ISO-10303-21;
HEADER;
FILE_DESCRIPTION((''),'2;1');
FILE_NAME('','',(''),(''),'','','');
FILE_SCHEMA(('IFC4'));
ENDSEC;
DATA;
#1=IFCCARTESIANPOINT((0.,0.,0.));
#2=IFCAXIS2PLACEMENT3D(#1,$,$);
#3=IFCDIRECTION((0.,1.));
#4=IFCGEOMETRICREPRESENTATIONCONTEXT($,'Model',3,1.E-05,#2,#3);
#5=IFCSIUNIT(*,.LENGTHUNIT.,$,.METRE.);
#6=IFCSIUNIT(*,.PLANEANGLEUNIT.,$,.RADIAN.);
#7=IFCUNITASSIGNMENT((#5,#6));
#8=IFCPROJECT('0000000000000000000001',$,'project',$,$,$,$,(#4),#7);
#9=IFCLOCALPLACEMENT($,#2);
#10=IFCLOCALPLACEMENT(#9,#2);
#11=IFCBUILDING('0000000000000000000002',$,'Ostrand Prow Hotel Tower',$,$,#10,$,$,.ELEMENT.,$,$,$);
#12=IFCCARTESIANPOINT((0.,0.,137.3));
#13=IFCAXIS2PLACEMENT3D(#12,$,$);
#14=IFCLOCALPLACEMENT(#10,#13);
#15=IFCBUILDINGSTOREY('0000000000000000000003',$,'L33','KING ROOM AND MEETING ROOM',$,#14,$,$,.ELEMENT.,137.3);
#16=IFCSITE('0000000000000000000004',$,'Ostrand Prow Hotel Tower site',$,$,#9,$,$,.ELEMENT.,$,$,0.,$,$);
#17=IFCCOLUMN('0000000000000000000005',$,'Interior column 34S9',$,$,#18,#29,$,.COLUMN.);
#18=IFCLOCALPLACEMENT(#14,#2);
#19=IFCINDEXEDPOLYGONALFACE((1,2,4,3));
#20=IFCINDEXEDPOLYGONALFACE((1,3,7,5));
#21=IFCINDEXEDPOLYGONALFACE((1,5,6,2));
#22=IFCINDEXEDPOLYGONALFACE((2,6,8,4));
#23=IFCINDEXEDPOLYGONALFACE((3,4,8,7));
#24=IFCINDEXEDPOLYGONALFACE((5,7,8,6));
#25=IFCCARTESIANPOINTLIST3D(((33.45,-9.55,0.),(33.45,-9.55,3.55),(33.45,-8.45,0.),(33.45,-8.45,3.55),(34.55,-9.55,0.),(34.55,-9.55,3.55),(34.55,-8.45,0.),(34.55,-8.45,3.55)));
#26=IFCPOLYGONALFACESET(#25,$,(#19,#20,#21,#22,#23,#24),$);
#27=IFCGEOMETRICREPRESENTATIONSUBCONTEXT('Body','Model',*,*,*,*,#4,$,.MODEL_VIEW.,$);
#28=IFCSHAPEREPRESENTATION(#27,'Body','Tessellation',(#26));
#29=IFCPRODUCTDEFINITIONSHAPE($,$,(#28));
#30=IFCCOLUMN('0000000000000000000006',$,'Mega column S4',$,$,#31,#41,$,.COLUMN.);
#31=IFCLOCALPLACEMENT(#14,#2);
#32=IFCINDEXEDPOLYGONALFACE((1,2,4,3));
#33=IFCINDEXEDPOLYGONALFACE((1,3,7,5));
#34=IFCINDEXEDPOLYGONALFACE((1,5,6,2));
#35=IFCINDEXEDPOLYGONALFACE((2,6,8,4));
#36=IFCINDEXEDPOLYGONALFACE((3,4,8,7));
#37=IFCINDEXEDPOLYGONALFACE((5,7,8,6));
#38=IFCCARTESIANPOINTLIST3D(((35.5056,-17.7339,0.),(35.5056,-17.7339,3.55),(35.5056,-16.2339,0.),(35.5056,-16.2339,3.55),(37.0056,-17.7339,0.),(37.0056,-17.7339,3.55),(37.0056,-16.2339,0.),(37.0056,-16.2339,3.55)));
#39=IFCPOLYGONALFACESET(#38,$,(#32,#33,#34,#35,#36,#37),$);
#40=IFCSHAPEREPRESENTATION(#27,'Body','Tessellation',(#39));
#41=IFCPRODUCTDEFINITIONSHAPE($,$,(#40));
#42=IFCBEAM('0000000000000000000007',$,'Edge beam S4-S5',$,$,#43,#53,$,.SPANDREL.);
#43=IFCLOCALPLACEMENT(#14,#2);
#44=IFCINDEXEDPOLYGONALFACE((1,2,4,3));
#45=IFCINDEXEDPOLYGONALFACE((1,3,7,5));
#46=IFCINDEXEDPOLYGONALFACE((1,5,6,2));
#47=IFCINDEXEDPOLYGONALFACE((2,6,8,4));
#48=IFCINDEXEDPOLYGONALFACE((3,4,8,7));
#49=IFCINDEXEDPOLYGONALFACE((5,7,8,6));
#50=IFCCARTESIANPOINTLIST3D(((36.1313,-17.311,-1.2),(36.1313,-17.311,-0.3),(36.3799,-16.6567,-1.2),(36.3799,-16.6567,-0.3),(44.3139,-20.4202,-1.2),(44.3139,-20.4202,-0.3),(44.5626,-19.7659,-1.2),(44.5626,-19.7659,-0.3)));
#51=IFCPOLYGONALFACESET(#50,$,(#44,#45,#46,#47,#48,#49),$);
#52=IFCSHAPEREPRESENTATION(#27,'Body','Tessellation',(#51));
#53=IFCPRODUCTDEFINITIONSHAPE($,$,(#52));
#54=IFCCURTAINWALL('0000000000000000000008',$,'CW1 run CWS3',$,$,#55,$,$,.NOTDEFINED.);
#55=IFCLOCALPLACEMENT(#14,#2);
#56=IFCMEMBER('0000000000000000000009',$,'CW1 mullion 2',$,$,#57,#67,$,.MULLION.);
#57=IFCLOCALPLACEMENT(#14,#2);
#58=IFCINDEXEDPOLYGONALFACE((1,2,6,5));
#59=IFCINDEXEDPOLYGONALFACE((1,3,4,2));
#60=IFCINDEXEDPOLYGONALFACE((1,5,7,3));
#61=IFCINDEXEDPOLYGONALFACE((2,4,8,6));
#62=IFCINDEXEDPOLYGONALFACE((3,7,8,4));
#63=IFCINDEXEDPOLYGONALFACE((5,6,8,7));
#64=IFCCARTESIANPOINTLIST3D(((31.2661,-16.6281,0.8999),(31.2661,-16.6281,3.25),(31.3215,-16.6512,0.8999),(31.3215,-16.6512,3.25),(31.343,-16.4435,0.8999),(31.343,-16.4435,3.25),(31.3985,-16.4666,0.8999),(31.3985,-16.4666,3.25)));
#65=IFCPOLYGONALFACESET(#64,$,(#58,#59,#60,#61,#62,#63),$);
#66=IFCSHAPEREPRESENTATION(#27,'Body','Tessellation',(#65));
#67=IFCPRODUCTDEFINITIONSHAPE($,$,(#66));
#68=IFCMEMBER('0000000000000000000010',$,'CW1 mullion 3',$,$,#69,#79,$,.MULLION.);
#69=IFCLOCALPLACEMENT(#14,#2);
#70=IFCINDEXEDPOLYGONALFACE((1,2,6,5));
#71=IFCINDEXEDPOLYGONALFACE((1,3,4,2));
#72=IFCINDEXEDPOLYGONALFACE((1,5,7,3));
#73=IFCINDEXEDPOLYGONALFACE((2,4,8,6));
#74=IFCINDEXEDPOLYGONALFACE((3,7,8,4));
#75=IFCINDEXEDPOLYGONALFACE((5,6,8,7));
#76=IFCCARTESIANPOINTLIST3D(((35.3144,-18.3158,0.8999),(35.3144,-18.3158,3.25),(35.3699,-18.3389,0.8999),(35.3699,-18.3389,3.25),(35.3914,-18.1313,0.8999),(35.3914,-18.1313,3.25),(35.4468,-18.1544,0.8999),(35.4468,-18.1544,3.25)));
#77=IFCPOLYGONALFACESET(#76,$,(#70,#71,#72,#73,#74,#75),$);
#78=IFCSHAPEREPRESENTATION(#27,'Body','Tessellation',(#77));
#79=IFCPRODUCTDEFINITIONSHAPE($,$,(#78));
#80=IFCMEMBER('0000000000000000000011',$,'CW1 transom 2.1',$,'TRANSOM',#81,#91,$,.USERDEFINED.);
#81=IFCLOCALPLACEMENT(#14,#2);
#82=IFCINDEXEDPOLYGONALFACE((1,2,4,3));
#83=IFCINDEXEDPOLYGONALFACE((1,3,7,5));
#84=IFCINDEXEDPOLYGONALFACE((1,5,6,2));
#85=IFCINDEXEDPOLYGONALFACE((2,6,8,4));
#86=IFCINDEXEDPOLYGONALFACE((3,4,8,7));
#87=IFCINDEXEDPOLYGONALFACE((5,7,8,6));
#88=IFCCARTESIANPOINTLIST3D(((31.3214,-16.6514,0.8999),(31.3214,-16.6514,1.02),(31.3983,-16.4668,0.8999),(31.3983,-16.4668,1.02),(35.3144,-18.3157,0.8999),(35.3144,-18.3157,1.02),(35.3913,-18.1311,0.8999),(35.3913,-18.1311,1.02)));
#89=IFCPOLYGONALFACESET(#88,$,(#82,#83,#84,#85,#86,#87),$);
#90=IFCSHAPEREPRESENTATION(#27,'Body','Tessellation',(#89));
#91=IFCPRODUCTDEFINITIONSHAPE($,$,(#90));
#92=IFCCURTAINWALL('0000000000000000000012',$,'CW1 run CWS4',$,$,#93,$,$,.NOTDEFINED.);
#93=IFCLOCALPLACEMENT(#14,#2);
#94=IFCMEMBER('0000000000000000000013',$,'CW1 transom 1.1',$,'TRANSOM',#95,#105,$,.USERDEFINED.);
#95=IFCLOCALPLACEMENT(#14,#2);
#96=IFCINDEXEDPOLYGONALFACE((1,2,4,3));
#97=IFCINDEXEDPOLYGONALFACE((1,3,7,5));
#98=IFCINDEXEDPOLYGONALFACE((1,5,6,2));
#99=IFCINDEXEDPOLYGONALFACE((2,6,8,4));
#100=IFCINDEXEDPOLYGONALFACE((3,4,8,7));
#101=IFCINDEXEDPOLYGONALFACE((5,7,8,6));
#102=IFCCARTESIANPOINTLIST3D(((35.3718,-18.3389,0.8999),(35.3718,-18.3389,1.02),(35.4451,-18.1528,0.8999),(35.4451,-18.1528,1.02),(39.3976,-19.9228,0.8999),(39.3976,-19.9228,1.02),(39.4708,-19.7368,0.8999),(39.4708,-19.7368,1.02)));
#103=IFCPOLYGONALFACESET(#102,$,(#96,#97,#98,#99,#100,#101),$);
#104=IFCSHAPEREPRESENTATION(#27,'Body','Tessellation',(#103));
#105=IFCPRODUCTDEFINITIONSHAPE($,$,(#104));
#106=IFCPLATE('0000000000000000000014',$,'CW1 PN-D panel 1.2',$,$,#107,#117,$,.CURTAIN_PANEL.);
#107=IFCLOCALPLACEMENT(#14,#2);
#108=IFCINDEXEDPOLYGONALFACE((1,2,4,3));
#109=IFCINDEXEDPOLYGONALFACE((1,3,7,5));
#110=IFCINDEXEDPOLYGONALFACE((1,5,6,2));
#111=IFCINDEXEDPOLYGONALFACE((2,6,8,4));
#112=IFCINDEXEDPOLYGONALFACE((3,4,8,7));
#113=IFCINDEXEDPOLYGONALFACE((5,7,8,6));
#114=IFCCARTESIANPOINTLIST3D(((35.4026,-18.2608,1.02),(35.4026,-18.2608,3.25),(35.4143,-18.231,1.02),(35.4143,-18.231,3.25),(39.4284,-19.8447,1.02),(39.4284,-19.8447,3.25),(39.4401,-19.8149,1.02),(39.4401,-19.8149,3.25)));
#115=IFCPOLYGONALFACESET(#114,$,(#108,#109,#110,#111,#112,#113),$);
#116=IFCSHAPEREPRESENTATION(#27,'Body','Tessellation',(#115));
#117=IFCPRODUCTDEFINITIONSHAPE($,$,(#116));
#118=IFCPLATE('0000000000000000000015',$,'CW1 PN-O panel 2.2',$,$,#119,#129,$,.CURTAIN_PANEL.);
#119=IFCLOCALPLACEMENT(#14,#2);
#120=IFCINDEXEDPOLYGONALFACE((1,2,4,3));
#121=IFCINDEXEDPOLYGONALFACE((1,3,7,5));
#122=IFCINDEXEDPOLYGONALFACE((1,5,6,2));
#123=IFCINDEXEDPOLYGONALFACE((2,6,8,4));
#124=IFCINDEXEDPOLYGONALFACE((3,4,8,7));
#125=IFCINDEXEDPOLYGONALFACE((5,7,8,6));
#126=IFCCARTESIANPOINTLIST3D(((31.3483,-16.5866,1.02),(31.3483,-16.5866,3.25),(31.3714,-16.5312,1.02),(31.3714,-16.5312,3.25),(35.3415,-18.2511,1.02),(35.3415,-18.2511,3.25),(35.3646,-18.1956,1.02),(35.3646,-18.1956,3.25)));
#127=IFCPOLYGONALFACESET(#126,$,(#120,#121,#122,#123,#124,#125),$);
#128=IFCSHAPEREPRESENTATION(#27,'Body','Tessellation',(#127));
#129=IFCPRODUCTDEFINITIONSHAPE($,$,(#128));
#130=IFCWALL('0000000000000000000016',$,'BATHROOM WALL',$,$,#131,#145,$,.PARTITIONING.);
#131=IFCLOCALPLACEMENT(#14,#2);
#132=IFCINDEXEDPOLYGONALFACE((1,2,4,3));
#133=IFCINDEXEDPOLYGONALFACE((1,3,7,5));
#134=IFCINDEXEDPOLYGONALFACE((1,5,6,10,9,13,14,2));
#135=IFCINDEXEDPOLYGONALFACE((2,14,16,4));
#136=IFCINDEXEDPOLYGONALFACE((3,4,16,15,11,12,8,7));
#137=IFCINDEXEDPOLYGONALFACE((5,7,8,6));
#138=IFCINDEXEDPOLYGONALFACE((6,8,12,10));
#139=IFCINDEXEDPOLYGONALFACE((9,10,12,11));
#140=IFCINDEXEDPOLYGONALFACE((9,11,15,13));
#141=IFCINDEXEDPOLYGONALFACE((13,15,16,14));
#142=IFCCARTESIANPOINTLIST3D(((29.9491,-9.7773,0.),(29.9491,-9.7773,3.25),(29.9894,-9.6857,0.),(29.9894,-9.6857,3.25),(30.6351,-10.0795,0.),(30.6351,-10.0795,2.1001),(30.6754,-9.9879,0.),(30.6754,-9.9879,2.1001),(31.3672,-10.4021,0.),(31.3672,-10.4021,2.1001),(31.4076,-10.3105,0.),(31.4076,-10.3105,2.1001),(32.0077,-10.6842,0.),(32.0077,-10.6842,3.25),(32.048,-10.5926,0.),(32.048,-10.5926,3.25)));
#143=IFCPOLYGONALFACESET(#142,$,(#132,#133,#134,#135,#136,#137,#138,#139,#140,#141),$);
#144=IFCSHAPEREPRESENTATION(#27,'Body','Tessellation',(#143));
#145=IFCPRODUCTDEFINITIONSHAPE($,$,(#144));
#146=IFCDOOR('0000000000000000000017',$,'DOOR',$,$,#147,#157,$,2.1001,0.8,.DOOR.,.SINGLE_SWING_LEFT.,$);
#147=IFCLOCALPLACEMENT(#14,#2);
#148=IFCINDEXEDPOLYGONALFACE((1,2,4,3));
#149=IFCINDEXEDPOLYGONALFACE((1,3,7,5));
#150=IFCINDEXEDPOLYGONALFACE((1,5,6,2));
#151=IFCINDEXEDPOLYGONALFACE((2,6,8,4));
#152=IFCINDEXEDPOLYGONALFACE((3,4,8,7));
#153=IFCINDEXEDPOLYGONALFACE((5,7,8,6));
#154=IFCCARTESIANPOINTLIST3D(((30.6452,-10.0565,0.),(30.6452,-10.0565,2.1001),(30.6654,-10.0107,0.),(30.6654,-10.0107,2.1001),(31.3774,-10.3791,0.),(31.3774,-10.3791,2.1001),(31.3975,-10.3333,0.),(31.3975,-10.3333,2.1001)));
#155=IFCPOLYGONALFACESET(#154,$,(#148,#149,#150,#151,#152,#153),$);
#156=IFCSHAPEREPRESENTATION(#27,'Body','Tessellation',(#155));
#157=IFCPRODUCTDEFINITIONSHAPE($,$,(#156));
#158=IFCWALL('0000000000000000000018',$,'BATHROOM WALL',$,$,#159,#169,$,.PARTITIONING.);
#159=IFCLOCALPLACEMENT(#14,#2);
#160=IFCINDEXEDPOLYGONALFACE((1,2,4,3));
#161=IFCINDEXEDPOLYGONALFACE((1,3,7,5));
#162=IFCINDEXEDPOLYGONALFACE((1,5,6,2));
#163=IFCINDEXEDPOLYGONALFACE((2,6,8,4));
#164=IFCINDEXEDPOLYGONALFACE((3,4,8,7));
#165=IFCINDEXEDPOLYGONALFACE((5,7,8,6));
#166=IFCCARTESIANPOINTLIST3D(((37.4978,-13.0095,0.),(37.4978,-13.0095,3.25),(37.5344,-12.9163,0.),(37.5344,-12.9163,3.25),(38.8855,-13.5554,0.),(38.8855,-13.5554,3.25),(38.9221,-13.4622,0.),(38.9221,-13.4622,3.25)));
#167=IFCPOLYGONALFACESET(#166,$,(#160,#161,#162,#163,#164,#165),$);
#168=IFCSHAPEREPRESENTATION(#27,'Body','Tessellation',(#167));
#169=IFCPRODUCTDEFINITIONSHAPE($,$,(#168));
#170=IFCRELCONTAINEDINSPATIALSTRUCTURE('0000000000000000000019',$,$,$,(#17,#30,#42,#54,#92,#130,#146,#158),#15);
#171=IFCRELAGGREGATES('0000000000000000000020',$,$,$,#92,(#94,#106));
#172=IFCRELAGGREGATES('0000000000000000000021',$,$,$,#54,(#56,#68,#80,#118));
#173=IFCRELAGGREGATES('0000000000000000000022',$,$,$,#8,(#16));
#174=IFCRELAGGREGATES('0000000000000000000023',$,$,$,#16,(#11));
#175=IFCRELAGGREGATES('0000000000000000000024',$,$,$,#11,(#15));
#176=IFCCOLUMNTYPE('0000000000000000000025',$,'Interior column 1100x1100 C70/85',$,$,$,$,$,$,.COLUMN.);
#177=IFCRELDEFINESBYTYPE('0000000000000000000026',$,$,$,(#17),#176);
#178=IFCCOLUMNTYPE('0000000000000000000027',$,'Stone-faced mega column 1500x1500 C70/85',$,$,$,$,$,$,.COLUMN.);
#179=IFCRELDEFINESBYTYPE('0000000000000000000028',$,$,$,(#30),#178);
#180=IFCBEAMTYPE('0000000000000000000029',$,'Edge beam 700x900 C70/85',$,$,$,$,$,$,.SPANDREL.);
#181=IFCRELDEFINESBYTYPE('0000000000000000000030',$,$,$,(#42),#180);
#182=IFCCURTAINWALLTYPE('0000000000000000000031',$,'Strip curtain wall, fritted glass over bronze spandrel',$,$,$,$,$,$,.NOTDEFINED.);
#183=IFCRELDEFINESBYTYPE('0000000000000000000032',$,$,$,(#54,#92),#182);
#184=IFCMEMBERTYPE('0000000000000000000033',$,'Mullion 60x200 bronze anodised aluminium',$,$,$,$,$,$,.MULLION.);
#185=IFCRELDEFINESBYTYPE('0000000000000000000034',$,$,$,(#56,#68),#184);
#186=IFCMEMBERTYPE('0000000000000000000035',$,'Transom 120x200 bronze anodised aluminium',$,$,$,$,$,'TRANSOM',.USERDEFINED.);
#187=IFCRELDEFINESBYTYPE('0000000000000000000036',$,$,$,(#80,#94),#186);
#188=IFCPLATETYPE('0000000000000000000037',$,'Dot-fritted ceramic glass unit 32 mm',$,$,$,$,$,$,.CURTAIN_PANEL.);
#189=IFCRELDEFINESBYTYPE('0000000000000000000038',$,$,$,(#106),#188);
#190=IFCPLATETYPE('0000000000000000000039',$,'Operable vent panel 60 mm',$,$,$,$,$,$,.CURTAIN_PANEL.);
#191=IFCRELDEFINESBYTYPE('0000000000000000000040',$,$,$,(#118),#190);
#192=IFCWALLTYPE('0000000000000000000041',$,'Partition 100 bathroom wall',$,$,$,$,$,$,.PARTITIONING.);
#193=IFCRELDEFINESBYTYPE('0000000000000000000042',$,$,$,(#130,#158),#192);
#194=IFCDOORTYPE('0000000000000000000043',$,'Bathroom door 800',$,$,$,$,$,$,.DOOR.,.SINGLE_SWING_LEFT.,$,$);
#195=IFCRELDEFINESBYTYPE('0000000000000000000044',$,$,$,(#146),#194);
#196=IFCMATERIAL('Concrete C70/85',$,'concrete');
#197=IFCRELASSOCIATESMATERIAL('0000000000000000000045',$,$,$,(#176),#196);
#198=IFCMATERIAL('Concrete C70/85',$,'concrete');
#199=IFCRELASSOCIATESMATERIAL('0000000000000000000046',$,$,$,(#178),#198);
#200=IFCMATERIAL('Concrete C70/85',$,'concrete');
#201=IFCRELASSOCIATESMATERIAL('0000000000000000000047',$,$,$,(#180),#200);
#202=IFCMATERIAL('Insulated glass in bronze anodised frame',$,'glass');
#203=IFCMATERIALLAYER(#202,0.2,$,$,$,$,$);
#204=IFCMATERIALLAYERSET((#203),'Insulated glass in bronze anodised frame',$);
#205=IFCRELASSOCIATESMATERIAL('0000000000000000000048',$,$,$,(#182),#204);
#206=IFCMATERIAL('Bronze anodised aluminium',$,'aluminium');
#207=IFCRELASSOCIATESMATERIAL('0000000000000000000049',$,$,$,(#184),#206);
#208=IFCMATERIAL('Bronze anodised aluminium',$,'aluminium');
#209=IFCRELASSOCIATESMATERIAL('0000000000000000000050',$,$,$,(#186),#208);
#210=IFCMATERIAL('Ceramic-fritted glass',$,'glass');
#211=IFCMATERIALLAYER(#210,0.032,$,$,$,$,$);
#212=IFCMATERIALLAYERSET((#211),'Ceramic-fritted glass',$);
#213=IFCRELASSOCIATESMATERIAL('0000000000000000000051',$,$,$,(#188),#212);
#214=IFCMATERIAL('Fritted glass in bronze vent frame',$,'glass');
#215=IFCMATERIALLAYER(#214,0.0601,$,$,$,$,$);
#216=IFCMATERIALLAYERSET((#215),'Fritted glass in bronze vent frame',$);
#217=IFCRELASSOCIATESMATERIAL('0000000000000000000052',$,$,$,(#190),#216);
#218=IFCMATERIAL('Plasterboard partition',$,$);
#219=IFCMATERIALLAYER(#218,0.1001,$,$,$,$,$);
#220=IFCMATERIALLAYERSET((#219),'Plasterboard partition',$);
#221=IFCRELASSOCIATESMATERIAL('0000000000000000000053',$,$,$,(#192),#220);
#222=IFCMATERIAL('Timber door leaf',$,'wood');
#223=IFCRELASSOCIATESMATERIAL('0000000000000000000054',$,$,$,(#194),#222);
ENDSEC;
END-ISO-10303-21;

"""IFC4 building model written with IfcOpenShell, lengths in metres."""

from ifc_helpers import new_model, si_unit, direction, frame, frame_2d, origin, origin_2d, place, context, subcontext, project, spatial, rectangle, extrude, material, layer, layer_set, material_profile, profile_set, type_object, element, fill, aggregate, save


model = new_model("IFC4")

# Units and contexts
model_context = context("Model", 3, precision=1e-05, world=origin(), true_north=direction((0.0, 1.0)))
body_context = subcontext(model_context, "Body", "Model", "MODEL_VIEW")
ifc_project = project(units=[si_unit("LENGTHUNIT", "METRE"), si_unit("PLANEANGLEUNIT", "RADIAN")], contexts=[model_context])

# Site, building, storey
site_placement = place(None, origin())
site = spatial("IfcSite", under=ifc_project, at=site_placement, Name="Ostrand Prow Hotel Tower site", CompositionType="ELEMENT", RefElevation=0.0)
building_placement = place(site_placement, origin())
building = spatial("IfcBuilding", under=site, at=building_placement, Name="Ostrand Prow Hotel Tower", CompositionType="ELEMENT")
storey_placement = place(building_placement, frame((0.0, 0.0, 137.3)))
storey = spatial("IfcBuildingStorey", under=building, at=storey_placement, Name="L33", Description="KING ROOM AND MEETING ROOM", CompositionType="ELEMENT", Elevation=137.3)

# Columns
ifc_material_1 = material(Name="Concrete C70/85", Category="concrete")
ifc_material_profile_1 = material_profile(ifc_material_1, rectangle(XDim=1.1001, YDim=1.1001, at=origin_2d()), Name="RC 1100x1100")
ifc_profile_set_1 = profile_set([ifc_material_profile_1], Name="Concrete C70/85")
column_type_1 = type_object("IfcColumnType", Name="Interior column 1100x1100 C70/85", PredefinedType="COLUMN", material=ifc_profile_set_1)
column_1_placement = place(storey_placement, frame((34.0, -9.0, 0.0), z_axis=(0.0, 0.0, 1.0), x_axis=(1.0, 0.0, 0.0)))
element("IfcColumn", 1, at=column_1_placement, inside=storey, type_object=column_type_1, Name="Interior column 34S9", PredefinedType="COLUMN", context=body_context, shape_type="SweptSolid", body=[
    extrude(rectangle(XDim=1.1001, YDim=1.1001, at=origin_2d()), origin(), (0.0, 0.0, 1.0), 3.55),
])
ifc_material_2 = material(Name="Concrete C70/85", Category="concrete")
ifc_material_profile_2 = material_profile(ifc_material_2, rectangle(XDim=1.5, YDim=1.5, at=origin_2d()), Name="RC 1500x1500")
ifc_profile_set_2 = profile_set([ifc_material_profile_2], Name="Concrete C70/85")
column_type_2 = type_object("IfcColumnType", Name="Stone-faced mega column 1500x1500 C70/85", PredefinedType="COLUMN", material=ifc_profile_set_2)
column_2_placement = place(storey_placement, frame((36.2556, -16.9839, 0.0), z_axis=(0.0, 0.0, 1.0), x_axis=(1.0, 0.0, 0.0)))
element("IfcColumn", 2, at=column_2_placement, inside=storey, type_object=column_type_2, Name="Mega column S4", PredefinedType="COLUMN", context=body_context, shape_type="SweptSolid", body=[
    extrude(rectangle(XDim=1.5, YDim=1.5, at=origin_2d()), origin(), (0.0, 0.0, 1.0), 3.55),
])

# Beam
ifc_material_3 = material(Name="Concrete C70/85", Category="concrete")
ifc_material_profile_3 = material_profile(ifc_material_3, rectangle(XDim=0.7, YDim=0.8999, at=origin_2d()), Name="RC 700x900")
ifc_profile_set_3 = profile_set([ifc_material_profile_3], Name="Concrete C70/85")
beam_type = type_object("IfcBeamType", Name="Edge beam 700x900 C70/85", PredefinedType="SPANDREL", material=ifc_profile_set_3)
beam_placement = place(storey_placement, frame((36.2556, -16.9839, -0.75), z_axis=(0.934794, -0.355191, 0.0), x_axis=(0.355191, 0.934794, 0.0)))
element("IfcBeam", 3, at=beam_placement, inside=storey, type_object=beam_type, Name="Edge beam S4-S5", PredefinedType="SPANDREL", context=body_context, shape_type="SweptSolid", body=[
    extrude(rectangle(XDim=0.7, YDim=0.8999, at=origin_2d()), origin(), (0.0, 0.0, 1.0), 8.7534),
])

# Curtain wall, members
ifc_material_4 = material(Name="Insulated glass in bronze anodised frame", Category="glass")
ifc_layer_1 = layer(ifc_material_4, 0.2)
ifc_layer_set_1 = layer_set([ifc_layer_1], Name="Insulated glass in bronze anodised frame")
curtain_wall_type = type_object("IfcCurtainWallType", Name="Strip curtain wall, fritted glass over bronze spandrel", PredefinedType="NOTDEFINED", material=ifc_layer_set_1)
curtain_wall_1_placement = place(storey_placement, origin())
curtain_wall_1 = element("IfcCurtainWall", 4, at=curtain_wall_1_placement, inside=storey, type_object=curtain_wall_type, Name="CW1 run CWS3", PredefinedType="NOTDEFINED")
ifc_material_5 = material(Name="Bronze anodised aluminium", Category="aluminium")
ifc_material_profile_4 = material_profile(ifc_material_5, rectangle(XDim=0.2, YDim=0.0601, at=origin_2d()), Name="Mullion 60x200 bronze anodised aluminium")
ifc_profile_set_4 = profile_set([ifc_material_profile_4], Name="Bronze anodised aluminium")
member_type_1 = type_object("IfcMemberType", Name="Mullion 60x200 bronze anodised aluminium", PredefinedType="MULLION", material=ifc_profile_set_4)
member_1_placement = place(storey_placement, frame((31.3323, -16.5474, 0.8999), z_axis=(0.0, 0.0, 1.0), x_axis=(0.384743, 0.923024, 0.0)))
member_1 = element("IfcMember", 5, at=member_1_placement, type_object=member_type_1, Name="CW1 mullion 2", PredefinedType="MULLION", context=body_context, shape_type="SweptSolid", body=[
    extrude(rectangle(XDim=0.2, YDim=0.0601, at=origin_2d()), origin(), (0.0, 0.0, 1.0), 2.3501),
])
member_2_placement = place(storey_placement, frame((35.3806, -18.2351, 0.8999), z_axis=(0.0, 0.0, 1.0), x_axis=(0.384743, 0.923024, 0.0)))
member_2 = element("IfcMember", 6, at=member_2_placement, type_object=member_type_1, Name="CW1 mullion 3", PredefinedType="MULLION", context=body_context, shape_type="SweptSolid", body=[
    extrude(rectangle(XDim=0.2, YDim=0.0601, at=origin_2d()), origin(), (0.0, 0.0, 1.0), 2.3501),
])
ifc_material_6 = material(Name="Bronze anodised aluminium", Category="aluminium")
ifc_material_profile_5 = material_profile(ifc_material_6, rectangle(XDim=0.2, YDim=0.1201, at=origin_2d()), Name="Transom 120x200 bronze anodised aluminium")
ifc_profile_set_5 = profile_set([ifc_material_profile_5], Name="Bronze anodised aluminium")
member_type_2 = type_object("IfcMemberType", Name="Transom 120x200 bronze anodised aluminium", ElementType="TRANSOM", PredefinedType="USERDEFINED", material=ifc_profile_set_5)
member_3_placement = place(storey_placement, frame((31.3599, -16.5591, 0.96), z_axis=(0.923028, -0.384732, 0.0), x_axis=(0.384732, 0.923028, 0.0)))
member_3 = element("IfcMember", 7, at=member_3_placement, type_object=member_type_2, Name="CW1 transom 2.1", ObjectType="TRANSOM", PredefinedType="USERDEFINED", context=body_context, shape_type="SweptSolid", body=[
    extrude(rectangle(XDim=0.2, YDim=0.1201, at=origin_2d()), origin(), (0.0, 0.0, 1.0), 4.3259),
])

# Curtain wall, member, plate
curtain_wall_2_placement = place(storey_placement, origin())
curtain_wall_2 = element("IfcCurtainWall", 8, at=curtain_wall_2_placement, inside=storey, type_object=curtain_wall_type, Name="CW1 run CWS4", PredefinedType="NOTDEFINED")
member_4_placement = place(storey_placement, frame((35.4084, -18.2458, 0.96), z_axis=(0.930563, -0.366131, 0.0), x_axis=(0.366131, 0.930563, 0.0)))
member_4 = element("IfcMember", 9, at=member_4_placement, type_object=member_type_2, Name="CW1 transom 1.1", ObjectType="TRANSOM", PredefinedType="USERDEFINED", context=body_context, shape_type="SweptSolid", body=[
    extrude(rectangle(XDim=0.2, YDim=0.1201, at=origin_2d()), origin(), (0.0, 0.0, 1.0), 4.3262),
])
ifc_material_7 = material(Name="Ceramic-fritted glass", Category="glass")
ifc_layer_2 = layer(ifc_material_7, 0.032)
ifc_layer_set_2 = layer_set([ifc_layer_2], Name="Ceramic-fritted glass")
plate_type_1 = type_object("IfcPlateType", Name="Dot-fritted ceramic glass unit 32 mm", PredefinedType="CURTAIN_PANEL", material=ifc_layer_set_2)
plate_1_placement = place(storey_placement, frame((37.4214, -19.0378, 1.02), z_axis=(0.0, 0.0, 1.0), x_axis=(0.930569, -0.366116, 0.0)))
plate_1 = element("IfcPlate", 10, at=plate_1_placement, type_object=plate_type_1, Name="CW1 PN-D panel 1.2", PredefinedType="CURTAIN_PANEL", context=body_context, shape_type="SweptSolid", body=[
    extrude(rectangle(XDim=4.3262, YDim=0.032, at=origin_2d()), origin(), (0.0, 0.0, 1.0), 2.23),
])
aggregate(curtain_wall_2, [member_4, plate_1])

# Plate
ifc_material_8 = material(Name="Fritted glass in bronze vent frame", Category="glass")
ifc_layer_3 = layer(ifc_material_8, 0.0601)
ifc_layer_set_3 = layer_set([ifc_layer_3], Name="Fritted glass in bronze vent frame")
plate_type_2 = type_object("IfcPlateType", Name="Operable vent panel 60 mm", PredefinedType="CURTAIN_PANEL", material=ifc_layer_set_3)
plate_2_placement = place(storey_placement, frame((33.3564, -17.3911, 1.02), z_axis=(0.0, 0.0, 1.0), x_axis=(0.923024, -0.384743, 0.0)))
plate_2 = element("IfcPlate", 11, at=plate_2_placement, type_object=plate_type_2, Name="CW1 PN-O panel 2.2", PredefinedType="CURTAIN_PANEL", context=body_context, shape_type="SweptSolid", body=[
    extrude(rectangle(XDim=4.3262, YDim=0.0601, at=origin_2d()), origin(), (0.0, 0.0, 1.0), 2.23),
])
aggregate(curtain_wall_1, [member_1, member_2, member_3, plate_2])

# Wall, opening, door
ifc_material_9 = material(Name="Plasterboard partition")
ifc_layer_4 = layer(ifc_material_9, 0.1001)
ifc_layer_set_4 = layer_set([ifc_layer_4], Name="Plasterboard partition")
wall_type_1 = type_object("IfcWallType", Name="Partition 100 bathroom wall", PredefinedType="PARTITIONING", material=ifc_layer_set_4)
wall_1_placement = place(storey_placement, frame((32.0278, -10.6384, 0.0), z_axis=(0.0, 0.0, 1.0), x_axis=(-0.915118, 0.403186, 0.0)))
wall_1 = element("IfcWall", 12, at=wall_1_placement, inside=storey, type_object=wall_type_1, Name="BATHROOM WALL", PredefinedType="PARTITIONING", context=body_context, shape_type="SweptSolid", body=[
    extrude(rectangle(XDim=2.2495, YDim=0.1001, at=frame_2d((1.1248, 0.0))), origin(), (0.0, 0.0, 1.0), 3.25),
])
opening_1_placement = place(wall_1_placement, frame((0.7, 0.0, 0.0)))
opening_1 = element("IfcOpeningElement", 13, at=opening_1_placement, cuts=wall_1, PredefinedType="OPENING", context=body_context, shape_type="SweptSolid", body=[
    extrude(rectangle(XDim=0.8, YDim=2.1001, at=frame_2d((0.3999, 1.05))), frame((0.0, 0.0601, 0.0), z_axis=(0.0, -1.0, 0.0), x_axis=(1.0, 0.0, 0.0)), (0.0, 0.0, 1.0), 0.1201),
])
ifc_material_10 = material(Name="Timber door leaf", Category="wood")
door_type_1 = type_object("IfcDoorType", Name="Bathroom door 800", OperationType="SINGLE_SWING_LEFT", PredefinedType="DOOR", material=ifc_material_10)
door_1_placement = place(opening_1_placement, origin())
door_1 = element("IfcDoor", 14, at=door_1_placement, inside=storey, type_object=door_type_1, Name="DOOR", OperationType="SINGLE_SWING_LEFT", OverallHeight=2.1001, OverallWidth=0.8, PredefinedType="DOOR", context=body_context, shape_type="SweptSolid", body=[
    extrude(rectangle(XDim=0.8, YDim=2.1001, at=frame_2d((0.3999, 1.05))), frame((0.0, 0.0249, 0.0), z_axis=(0.0, -1.0, 0.0), x_axis=(1.0, 0.0, 0.0)), (0.0, 0.0, 1.0), 0.05),
])
fill(opening_1, door_1)

# Wall
wall_2_placement = place(storey_placement, frame((38.9038, -13.5088, 0.0), z_axis=(0.0, 0.0, 1.0), x_axis=(-0.930584, 0.366078, 0.0)))
element("IfcWall", 15, at=wall_2_placement, inside=storey, type_object=wall_type_1, Name="BATHROOM WALL", PredefinedType="PARTITIONING", context=body_context, shape_type="SweptSolid", body=[
    extrude(rectangle(XDim=1.4912, YDim=0.1001, at=frame_2d((0.7456, 0.0))), origin(), (0.0, 0.0, 1.0), 3.25),
])

save(model, "model.ifc")
